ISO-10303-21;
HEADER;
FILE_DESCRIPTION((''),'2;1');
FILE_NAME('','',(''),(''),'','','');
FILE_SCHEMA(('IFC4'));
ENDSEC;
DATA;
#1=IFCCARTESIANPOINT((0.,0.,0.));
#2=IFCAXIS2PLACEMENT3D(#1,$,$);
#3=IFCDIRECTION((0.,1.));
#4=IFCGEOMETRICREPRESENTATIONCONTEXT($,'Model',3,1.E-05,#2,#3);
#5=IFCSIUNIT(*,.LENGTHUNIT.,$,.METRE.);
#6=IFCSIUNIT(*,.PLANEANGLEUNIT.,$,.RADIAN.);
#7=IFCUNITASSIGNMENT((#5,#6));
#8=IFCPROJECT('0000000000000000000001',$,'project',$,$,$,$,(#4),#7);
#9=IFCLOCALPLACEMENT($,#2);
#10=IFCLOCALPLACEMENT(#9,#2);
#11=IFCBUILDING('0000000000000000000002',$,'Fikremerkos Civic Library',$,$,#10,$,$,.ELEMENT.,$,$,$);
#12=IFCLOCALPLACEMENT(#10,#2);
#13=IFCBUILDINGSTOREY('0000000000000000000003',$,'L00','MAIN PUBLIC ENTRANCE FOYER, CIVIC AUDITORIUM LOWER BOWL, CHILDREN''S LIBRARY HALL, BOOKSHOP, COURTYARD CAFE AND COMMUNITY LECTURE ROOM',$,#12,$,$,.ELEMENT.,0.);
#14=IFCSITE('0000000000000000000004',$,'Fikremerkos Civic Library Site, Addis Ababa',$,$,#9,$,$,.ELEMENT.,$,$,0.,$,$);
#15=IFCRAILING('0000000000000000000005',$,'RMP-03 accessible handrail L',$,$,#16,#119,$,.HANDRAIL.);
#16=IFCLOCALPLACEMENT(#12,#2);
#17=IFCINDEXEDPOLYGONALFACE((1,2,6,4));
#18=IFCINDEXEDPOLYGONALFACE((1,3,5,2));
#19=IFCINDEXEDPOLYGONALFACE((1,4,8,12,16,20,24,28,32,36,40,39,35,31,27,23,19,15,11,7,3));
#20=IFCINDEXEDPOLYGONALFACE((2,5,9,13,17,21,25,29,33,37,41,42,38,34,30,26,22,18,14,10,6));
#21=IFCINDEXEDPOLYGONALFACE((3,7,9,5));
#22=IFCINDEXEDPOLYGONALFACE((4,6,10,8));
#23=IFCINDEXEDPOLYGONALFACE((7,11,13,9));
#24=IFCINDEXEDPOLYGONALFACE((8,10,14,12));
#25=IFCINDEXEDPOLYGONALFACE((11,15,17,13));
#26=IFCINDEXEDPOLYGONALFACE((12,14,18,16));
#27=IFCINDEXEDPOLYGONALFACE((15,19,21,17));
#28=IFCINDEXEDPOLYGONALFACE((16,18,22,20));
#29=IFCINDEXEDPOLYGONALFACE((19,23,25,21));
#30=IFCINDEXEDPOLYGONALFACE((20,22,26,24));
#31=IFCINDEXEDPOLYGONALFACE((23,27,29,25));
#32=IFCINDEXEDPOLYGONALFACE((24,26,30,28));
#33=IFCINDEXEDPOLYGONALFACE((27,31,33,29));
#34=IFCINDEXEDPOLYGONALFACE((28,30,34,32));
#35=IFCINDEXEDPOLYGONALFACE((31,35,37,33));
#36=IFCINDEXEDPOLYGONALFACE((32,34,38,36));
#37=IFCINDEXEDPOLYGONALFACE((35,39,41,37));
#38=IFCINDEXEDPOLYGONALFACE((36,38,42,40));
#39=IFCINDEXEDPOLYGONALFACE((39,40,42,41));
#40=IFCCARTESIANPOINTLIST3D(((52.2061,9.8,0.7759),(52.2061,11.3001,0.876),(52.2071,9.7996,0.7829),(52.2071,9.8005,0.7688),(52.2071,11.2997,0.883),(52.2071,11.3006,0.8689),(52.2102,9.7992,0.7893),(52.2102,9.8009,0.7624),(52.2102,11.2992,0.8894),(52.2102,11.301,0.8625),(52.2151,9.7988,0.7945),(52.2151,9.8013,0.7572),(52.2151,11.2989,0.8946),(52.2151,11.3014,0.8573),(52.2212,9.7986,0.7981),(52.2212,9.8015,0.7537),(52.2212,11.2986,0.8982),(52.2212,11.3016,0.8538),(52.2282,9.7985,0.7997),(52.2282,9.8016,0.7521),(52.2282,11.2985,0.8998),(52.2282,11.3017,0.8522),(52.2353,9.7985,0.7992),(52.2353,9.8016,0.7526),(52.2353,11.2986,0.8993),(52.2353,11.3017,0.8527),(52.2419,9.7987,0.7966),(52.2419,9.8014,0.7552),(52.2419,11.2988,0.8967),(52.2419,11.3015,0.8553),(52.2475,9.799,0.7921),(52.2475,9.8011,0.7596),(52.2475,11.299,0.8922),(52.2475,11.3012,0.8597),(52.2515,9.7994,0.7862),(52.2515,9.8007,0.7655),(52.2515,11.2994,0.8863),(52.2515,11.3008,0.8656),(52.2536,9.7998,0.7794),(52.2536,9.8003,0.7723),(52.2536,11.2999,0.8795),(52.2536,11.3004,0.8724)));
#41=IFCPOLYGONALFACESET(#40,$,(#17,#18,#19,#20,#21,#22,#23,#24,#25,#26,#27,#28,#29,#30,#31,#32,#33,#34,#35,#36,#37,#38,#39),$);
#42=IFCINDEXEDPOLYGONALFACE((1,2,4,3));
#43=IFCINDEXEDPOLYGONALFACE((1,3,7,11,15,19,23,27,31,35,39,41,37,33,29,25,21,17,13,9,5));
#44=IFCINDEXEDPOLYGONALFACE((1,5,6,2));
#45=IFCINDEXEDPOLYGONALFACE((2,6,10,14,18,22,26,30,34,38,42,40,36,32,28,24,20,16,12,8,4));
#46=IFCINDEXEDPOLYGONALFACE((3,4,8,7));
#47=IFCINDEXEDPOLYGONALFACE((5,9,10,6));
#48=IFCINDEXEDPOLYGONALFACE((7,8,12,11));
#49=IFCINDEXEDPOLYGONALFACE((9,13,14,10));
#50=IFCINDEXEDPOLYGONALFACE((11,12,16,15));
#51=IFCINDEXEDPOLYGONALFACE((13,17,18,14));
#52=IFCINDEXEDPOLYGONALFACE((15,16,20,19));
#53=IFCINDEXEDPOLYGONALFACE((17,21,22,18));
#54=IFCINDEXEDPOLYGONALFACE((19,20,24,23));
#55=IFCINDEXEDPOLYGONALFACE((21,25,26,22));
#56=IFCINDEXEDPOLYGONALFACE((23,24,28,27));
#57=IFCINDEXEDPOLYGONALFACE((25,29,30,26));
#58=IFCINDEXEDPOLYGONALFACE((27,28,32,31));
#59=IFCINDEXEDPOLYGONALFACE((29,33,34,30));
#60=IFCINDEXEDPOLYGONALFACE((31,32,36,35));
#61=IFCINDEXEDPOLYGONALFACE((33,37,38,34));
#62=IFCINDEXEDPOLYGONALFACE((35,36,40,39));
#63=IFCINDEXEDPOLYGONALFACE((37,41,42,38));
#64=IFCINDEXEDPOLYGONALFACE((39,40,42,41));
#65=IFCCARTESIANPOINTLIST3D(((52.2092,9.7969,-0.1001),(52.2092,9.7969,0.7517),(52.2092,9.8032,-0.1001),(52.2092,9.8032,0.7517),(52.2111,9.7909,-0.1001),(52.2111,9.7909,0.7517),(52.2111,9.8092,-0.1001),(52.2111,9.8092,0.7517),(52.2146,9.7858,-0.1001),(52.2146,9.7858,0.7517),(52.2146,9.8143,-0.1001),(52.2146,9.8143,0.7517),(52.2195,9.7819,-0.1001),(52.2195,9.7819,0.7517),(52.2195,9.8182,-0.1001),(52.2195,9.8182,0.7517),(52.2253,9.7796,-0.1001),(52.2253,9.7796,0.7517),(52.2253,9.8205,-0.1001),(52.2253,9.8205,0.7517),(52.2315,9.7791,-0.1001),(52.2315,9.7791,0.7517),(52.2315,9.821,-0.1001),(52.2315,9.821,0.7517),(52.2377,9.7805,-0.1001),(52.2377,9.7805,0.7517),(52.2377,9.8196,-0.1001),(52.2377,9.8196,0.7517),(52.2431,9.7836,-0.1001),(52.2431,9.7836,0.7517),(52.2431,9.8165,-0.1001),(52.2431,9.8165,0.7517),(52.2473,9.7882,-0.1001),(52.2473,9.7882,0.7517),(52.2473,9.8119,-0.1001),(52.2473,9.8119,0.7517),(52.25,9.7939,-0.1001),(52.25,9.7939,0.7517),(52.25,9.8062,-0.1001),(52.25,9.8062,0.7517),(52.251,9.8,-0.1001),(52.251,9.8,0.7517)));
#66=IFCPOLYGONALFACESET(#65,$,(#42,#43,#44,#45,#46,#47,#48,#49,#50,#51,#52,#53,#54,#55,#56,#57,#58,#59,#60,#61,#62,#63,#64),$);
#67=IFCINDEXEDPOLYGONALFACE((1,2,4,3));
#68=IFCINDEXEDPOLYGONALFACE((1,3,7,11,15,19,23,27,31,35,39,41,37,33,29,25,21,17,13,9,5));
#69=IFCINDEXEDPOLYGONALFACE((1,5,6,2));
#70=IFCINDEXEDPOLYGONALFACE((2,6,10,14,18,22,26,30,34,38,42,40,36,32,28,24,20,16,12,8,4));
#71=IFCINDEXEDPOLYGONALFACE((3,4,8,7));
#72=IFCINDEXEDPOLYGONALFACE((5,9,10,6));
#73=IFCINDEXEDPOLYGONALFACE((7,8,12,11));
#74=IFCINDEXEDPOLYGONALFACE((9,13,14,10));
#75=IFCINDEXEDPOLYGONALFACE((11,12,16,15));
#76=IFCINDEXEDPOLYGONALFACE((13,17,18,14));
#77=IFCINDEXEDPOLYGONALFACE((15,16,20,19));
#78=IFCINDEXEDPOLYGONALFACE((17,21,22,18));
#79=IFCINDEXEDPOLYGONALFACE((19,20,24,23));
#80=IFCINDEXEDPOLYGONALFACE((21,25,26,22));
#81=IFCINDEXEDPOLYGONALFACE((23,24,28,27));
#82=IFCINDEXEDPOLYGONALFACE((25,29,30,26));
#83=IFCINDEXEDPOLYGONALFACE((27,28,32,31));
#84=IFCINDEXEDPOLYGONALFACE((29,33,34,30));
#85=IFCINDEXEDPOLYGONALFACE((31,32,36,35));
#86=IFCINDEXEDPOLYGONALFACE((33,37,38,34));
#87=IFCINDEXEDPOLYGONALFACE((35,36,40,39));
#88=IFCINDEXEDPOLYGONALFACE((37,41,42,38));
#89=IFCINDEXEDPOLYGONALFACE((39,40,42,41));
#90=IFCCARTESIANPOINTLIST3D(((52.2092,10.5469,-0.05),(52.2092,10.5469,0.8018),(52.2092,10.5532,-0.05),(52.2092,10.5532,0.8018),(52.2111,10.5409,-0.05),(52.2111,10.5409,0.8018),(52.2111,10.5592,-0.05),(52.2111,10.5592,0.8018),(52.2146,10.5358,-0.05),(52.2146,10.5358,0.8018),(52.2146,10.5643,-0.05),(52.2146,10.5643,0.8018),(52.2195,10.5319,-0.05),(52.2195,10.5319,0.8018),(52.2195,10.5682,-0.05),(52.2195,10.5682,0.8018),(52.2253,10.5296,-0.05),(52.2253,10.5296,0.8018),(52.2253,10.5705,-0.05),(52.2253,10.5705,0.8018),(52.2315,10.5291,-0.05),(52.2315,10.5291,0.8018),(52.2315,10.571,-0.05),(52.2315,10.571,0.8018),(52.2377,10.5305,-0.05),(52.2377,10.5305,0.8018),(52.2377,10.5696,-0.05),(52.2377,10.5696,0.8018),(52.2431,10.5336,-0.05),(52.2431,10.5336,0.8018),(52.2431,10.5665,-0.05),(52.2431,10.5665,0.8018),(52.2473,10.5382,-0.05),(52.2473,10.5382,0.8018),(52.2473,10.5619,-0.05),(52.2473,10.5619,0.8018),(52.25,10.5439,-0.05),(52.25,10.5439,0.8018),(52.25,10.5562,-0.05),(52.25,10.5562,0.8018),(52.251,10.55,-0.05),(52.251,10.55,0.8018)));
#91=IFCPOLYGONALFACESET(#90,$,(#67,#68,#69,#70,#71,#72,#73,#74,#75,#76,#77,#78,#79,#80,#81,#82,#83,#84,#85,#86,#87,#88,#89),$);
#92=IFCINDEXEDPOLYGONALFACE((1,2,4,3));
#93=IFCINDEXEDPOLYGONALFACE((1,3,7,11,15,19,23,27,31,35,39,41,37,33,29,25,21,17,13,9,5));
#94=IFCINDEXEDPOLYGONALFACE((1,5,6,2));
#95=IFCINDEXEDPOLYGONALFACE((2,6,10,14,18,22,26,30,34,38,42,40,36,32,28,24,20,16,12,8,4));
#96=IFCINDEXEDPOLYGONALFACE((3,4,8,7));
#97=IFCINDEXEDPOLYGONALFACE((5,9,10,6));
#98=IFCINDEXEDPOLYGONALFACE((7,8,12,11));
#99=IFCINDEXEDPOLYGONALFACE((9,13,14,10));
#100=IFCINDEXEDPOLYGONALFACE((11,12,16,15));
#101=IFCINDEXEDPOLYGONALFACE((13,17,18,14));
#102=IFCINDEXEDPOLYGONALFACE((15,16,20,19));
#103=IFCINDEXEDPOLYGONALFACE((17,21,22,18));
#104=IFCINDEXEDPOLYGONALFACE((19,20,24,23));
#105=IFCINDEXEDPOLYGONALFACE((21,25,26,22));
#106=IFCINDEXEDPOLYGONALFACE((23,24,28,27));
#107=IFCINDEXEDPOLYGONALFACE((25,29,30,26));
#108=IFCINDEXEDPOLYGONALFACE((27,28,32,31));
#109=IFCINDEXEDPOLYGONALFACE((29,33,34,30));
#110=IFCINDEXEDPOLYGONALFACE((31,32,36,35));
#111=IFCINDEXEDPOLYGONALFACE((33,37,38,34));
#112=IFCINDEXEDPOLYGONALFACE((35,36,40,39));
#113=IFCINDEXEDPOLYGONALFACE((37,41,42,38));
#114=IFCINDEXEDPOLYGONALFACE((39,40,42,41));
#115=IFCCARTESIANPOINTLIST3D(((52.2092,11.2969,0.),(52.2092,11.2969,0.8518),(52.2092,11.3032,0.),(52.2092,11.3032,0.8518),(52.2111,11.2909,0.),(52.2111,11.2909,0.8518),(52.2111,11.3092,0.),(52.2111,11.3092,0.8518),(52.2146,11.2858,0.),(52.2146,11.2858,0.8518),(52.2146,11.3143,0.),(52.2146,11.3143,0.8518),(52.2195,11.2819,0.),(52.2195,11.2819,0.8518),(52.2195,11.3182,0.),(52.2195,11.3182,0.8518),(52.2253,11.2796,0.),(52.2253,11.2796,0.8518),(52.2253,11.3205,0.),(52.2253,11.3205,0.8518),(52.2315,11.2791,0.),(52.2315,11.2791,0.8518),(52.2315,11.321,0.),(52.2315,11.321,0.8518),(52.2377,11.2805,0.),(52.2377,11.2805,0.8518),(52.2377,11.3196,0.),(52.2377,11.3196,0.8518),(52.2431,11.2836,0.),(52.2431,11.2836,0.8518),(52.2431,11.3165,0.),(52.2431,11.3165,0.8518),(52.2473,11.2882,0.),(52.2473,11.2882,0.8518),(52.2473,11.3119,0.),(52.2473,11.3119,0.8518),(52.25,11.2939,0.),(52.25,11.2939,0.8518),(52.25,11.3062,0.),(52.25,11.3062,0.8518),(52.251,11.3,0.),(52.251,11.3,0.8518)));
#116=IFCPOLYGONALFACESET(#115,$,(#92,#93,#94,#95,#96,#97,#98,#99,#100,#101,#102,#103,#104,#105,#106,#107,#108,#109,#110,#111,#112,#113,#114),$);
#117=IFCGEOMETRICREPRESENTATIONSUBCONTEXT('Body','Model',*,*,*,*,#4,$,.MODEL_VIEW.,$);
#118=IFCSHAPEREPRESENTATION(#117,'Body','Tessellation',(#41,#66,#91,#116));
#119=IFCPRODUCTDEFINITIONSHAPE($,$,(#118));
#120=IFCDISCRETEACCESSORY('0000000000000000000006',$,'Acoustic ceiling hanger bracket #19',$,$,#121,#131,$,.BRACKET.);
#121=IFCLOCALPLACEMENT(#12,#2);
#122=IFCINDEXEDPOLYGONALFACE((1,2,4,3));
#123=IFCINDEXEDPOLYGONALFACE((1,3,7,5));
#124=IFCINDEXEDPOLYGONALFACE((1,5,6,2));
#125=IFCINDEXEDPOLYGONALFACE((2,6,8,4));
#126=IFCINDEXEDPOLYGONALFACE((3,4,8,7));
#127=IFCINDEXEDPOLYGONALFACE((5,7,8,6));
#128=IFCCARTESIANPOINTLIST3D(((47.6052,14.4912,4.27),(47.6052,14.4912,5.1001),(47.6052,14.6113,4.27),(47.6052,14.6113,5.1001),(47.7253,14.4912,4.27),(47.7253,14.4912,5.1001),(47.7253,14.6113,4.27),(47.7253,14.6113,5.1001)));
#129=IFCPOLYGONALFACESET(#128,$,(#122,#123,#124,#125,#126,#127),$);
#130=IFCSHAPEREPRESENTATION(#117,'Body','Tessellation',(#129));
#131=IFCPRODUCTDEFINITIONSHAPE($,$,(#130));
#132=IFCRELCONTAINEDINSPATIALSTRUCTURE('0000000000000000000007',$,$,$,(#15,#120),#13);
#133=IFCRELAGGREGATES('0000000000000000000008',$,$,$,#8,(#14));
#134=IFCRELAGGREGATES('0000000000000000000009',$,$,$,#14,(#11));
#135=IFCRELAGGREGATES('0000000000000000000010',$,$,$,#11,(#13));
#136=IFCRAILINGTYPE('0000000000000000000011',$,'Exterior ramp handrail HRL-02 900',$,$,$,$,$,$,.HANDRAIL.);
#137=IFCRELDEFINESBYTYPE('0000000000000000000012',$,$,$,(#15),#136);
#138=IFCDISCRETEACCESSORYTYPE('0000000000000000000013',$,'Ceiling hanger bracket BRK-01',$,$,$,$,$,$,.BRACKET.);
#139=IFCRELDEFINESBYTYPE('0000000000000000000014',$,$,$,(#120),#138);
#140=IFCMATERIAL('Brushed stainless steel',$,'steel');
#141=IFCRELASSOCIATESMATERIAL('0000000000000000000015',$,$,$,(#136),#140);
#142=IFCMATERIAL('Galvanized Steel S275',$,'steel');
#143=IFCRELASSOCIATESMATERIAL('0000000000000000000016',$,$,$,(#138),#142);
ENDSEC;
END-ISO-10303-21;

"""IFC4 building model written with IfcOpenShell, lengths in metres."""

from ifc_helpers import new_model, si_unit, direction, frame, origin, origin_2d, place, context, subcontext, project, spatial, rectangle, circle, extrude, material, type_object, element, save


model = new_model("IFC4")

# Units and contexts
model_context = context("Model", 3, precision=1e-05, world=origin(), true_north=direction((0.0, 1.0)))
body_context = subcontext(model_context, "Body", "Model", "MODEL_VIEW")
ifc_project = project(units=[si_unit("LENGTHUNIT", "METRE"), si_unit("PLANEANGLEUNIT", "RADIAN")], contexts=[model_context])

# Site, building, storey
site_placement = place(None, origin())
site = spatial("IfcSite", under=ifc_project, at=site_placement, Name="Fikremerkos Civic Library Site, Addis Ababa", CompositionType="ELEMENT", RefElevation=0.0)
building_placement = place(site_placement, origin())
building = spatial("IfcBuilding", under=site, at=building_placement, Name="Fikremerkos Civic Library", CompositionType="ELEMENT")
storey_placement = place(building_placement, origin())
storey = spatial("IfcBuildingStorey", under=building, at=storey_placement, Name="L00", Description="MAIN PUBLIC ENTRANCE FOYER, CIVIC AUDITORIUM LOWER BOWL, CHILDREN'S LIBRARY HALL, BOOKSHOP, COURTYARD CAFE AND COMMUNITY LECTURE ROOM", CompositionType="ELEMENT", Elevation=0.0)

# Railing
ifc_material_1 = material(Name="Brushed stainless steel", Category="steel")
railing_type_1 = type_object("IfcRailingType", Name="Exterior ramp handrail HRL-02 900", PredefinedType="HANDRAIL", material=ifc_material_1)
for number, where, name in (
    (1, (52.23, 9.8, -0.1001), "RMP-03 accessible handrail L"),
):
    element("IfcRailing", number, at=place(storey_placement, frame(where)), inside=storey, type_object=railing_type_1, Name=name, PredefinedType="HANDRAIL", context=body_context, shape_type="SweptSolid", body=[
        extrude(circle(Radius=0.0239, at=origin_2d()), frame((0.0, 0.0, 0.876), z_axis=(0.0, 0.997781, 0.066584), x_axis=(-1.0, 0.0, 0.0)), (0.0, 0.0, 1.0), 1.5034),
        extrude(circle(Radius=0.021, at=origin_2d()), origin(), (0.0, 0.0, 1.0), 0.8518),
        extrude(circle(Radius=0.021, at=origin_2d()), frame((0.0, 0.75, 0.05)), (0.0, 0.0, 1.0), 0.8518),
        extrude(circle(Radius=0.021, at=origin_2d()), frame((0.0, 1.5, 0.1001)), (0.0, 0.0, 1.0), 0.8518),
    ])

# Discrete accessory
ifc_material_2 = material(Name="Galvanized Steel S275", Category="steel")
discrete_accessory_type = type_object("IfcDiscreteAccessoryType", Name="Ceiling hanger bracket BRK-01", PredefinedType="BRACKET", material=ifc_material_2)
discrete_accessory_placement = place(storey_placement, frame((47.6653, 14.5513, 4.27), z_axis=(0.0, 0.0, 1.0), x_axis=(1.0, 0.0, 0.0)))
element("IfcDiscreteAccessory", 2, at=discrete_accessory_placement, inside=storey, type_object=discrete_accessory_type, Name="Acoustic ceiling hanger bracket #19", PredefinedType="BRACKET", context=body_context, shape_type="SweptSolid", body=[
    extrude(rectangle(XDim=0.1201, YDim=0.1201, at=origin_2d()), origin(), (0.0, 0.0, 1.0), 0.8301),
])

save(model, "model.ifc")
